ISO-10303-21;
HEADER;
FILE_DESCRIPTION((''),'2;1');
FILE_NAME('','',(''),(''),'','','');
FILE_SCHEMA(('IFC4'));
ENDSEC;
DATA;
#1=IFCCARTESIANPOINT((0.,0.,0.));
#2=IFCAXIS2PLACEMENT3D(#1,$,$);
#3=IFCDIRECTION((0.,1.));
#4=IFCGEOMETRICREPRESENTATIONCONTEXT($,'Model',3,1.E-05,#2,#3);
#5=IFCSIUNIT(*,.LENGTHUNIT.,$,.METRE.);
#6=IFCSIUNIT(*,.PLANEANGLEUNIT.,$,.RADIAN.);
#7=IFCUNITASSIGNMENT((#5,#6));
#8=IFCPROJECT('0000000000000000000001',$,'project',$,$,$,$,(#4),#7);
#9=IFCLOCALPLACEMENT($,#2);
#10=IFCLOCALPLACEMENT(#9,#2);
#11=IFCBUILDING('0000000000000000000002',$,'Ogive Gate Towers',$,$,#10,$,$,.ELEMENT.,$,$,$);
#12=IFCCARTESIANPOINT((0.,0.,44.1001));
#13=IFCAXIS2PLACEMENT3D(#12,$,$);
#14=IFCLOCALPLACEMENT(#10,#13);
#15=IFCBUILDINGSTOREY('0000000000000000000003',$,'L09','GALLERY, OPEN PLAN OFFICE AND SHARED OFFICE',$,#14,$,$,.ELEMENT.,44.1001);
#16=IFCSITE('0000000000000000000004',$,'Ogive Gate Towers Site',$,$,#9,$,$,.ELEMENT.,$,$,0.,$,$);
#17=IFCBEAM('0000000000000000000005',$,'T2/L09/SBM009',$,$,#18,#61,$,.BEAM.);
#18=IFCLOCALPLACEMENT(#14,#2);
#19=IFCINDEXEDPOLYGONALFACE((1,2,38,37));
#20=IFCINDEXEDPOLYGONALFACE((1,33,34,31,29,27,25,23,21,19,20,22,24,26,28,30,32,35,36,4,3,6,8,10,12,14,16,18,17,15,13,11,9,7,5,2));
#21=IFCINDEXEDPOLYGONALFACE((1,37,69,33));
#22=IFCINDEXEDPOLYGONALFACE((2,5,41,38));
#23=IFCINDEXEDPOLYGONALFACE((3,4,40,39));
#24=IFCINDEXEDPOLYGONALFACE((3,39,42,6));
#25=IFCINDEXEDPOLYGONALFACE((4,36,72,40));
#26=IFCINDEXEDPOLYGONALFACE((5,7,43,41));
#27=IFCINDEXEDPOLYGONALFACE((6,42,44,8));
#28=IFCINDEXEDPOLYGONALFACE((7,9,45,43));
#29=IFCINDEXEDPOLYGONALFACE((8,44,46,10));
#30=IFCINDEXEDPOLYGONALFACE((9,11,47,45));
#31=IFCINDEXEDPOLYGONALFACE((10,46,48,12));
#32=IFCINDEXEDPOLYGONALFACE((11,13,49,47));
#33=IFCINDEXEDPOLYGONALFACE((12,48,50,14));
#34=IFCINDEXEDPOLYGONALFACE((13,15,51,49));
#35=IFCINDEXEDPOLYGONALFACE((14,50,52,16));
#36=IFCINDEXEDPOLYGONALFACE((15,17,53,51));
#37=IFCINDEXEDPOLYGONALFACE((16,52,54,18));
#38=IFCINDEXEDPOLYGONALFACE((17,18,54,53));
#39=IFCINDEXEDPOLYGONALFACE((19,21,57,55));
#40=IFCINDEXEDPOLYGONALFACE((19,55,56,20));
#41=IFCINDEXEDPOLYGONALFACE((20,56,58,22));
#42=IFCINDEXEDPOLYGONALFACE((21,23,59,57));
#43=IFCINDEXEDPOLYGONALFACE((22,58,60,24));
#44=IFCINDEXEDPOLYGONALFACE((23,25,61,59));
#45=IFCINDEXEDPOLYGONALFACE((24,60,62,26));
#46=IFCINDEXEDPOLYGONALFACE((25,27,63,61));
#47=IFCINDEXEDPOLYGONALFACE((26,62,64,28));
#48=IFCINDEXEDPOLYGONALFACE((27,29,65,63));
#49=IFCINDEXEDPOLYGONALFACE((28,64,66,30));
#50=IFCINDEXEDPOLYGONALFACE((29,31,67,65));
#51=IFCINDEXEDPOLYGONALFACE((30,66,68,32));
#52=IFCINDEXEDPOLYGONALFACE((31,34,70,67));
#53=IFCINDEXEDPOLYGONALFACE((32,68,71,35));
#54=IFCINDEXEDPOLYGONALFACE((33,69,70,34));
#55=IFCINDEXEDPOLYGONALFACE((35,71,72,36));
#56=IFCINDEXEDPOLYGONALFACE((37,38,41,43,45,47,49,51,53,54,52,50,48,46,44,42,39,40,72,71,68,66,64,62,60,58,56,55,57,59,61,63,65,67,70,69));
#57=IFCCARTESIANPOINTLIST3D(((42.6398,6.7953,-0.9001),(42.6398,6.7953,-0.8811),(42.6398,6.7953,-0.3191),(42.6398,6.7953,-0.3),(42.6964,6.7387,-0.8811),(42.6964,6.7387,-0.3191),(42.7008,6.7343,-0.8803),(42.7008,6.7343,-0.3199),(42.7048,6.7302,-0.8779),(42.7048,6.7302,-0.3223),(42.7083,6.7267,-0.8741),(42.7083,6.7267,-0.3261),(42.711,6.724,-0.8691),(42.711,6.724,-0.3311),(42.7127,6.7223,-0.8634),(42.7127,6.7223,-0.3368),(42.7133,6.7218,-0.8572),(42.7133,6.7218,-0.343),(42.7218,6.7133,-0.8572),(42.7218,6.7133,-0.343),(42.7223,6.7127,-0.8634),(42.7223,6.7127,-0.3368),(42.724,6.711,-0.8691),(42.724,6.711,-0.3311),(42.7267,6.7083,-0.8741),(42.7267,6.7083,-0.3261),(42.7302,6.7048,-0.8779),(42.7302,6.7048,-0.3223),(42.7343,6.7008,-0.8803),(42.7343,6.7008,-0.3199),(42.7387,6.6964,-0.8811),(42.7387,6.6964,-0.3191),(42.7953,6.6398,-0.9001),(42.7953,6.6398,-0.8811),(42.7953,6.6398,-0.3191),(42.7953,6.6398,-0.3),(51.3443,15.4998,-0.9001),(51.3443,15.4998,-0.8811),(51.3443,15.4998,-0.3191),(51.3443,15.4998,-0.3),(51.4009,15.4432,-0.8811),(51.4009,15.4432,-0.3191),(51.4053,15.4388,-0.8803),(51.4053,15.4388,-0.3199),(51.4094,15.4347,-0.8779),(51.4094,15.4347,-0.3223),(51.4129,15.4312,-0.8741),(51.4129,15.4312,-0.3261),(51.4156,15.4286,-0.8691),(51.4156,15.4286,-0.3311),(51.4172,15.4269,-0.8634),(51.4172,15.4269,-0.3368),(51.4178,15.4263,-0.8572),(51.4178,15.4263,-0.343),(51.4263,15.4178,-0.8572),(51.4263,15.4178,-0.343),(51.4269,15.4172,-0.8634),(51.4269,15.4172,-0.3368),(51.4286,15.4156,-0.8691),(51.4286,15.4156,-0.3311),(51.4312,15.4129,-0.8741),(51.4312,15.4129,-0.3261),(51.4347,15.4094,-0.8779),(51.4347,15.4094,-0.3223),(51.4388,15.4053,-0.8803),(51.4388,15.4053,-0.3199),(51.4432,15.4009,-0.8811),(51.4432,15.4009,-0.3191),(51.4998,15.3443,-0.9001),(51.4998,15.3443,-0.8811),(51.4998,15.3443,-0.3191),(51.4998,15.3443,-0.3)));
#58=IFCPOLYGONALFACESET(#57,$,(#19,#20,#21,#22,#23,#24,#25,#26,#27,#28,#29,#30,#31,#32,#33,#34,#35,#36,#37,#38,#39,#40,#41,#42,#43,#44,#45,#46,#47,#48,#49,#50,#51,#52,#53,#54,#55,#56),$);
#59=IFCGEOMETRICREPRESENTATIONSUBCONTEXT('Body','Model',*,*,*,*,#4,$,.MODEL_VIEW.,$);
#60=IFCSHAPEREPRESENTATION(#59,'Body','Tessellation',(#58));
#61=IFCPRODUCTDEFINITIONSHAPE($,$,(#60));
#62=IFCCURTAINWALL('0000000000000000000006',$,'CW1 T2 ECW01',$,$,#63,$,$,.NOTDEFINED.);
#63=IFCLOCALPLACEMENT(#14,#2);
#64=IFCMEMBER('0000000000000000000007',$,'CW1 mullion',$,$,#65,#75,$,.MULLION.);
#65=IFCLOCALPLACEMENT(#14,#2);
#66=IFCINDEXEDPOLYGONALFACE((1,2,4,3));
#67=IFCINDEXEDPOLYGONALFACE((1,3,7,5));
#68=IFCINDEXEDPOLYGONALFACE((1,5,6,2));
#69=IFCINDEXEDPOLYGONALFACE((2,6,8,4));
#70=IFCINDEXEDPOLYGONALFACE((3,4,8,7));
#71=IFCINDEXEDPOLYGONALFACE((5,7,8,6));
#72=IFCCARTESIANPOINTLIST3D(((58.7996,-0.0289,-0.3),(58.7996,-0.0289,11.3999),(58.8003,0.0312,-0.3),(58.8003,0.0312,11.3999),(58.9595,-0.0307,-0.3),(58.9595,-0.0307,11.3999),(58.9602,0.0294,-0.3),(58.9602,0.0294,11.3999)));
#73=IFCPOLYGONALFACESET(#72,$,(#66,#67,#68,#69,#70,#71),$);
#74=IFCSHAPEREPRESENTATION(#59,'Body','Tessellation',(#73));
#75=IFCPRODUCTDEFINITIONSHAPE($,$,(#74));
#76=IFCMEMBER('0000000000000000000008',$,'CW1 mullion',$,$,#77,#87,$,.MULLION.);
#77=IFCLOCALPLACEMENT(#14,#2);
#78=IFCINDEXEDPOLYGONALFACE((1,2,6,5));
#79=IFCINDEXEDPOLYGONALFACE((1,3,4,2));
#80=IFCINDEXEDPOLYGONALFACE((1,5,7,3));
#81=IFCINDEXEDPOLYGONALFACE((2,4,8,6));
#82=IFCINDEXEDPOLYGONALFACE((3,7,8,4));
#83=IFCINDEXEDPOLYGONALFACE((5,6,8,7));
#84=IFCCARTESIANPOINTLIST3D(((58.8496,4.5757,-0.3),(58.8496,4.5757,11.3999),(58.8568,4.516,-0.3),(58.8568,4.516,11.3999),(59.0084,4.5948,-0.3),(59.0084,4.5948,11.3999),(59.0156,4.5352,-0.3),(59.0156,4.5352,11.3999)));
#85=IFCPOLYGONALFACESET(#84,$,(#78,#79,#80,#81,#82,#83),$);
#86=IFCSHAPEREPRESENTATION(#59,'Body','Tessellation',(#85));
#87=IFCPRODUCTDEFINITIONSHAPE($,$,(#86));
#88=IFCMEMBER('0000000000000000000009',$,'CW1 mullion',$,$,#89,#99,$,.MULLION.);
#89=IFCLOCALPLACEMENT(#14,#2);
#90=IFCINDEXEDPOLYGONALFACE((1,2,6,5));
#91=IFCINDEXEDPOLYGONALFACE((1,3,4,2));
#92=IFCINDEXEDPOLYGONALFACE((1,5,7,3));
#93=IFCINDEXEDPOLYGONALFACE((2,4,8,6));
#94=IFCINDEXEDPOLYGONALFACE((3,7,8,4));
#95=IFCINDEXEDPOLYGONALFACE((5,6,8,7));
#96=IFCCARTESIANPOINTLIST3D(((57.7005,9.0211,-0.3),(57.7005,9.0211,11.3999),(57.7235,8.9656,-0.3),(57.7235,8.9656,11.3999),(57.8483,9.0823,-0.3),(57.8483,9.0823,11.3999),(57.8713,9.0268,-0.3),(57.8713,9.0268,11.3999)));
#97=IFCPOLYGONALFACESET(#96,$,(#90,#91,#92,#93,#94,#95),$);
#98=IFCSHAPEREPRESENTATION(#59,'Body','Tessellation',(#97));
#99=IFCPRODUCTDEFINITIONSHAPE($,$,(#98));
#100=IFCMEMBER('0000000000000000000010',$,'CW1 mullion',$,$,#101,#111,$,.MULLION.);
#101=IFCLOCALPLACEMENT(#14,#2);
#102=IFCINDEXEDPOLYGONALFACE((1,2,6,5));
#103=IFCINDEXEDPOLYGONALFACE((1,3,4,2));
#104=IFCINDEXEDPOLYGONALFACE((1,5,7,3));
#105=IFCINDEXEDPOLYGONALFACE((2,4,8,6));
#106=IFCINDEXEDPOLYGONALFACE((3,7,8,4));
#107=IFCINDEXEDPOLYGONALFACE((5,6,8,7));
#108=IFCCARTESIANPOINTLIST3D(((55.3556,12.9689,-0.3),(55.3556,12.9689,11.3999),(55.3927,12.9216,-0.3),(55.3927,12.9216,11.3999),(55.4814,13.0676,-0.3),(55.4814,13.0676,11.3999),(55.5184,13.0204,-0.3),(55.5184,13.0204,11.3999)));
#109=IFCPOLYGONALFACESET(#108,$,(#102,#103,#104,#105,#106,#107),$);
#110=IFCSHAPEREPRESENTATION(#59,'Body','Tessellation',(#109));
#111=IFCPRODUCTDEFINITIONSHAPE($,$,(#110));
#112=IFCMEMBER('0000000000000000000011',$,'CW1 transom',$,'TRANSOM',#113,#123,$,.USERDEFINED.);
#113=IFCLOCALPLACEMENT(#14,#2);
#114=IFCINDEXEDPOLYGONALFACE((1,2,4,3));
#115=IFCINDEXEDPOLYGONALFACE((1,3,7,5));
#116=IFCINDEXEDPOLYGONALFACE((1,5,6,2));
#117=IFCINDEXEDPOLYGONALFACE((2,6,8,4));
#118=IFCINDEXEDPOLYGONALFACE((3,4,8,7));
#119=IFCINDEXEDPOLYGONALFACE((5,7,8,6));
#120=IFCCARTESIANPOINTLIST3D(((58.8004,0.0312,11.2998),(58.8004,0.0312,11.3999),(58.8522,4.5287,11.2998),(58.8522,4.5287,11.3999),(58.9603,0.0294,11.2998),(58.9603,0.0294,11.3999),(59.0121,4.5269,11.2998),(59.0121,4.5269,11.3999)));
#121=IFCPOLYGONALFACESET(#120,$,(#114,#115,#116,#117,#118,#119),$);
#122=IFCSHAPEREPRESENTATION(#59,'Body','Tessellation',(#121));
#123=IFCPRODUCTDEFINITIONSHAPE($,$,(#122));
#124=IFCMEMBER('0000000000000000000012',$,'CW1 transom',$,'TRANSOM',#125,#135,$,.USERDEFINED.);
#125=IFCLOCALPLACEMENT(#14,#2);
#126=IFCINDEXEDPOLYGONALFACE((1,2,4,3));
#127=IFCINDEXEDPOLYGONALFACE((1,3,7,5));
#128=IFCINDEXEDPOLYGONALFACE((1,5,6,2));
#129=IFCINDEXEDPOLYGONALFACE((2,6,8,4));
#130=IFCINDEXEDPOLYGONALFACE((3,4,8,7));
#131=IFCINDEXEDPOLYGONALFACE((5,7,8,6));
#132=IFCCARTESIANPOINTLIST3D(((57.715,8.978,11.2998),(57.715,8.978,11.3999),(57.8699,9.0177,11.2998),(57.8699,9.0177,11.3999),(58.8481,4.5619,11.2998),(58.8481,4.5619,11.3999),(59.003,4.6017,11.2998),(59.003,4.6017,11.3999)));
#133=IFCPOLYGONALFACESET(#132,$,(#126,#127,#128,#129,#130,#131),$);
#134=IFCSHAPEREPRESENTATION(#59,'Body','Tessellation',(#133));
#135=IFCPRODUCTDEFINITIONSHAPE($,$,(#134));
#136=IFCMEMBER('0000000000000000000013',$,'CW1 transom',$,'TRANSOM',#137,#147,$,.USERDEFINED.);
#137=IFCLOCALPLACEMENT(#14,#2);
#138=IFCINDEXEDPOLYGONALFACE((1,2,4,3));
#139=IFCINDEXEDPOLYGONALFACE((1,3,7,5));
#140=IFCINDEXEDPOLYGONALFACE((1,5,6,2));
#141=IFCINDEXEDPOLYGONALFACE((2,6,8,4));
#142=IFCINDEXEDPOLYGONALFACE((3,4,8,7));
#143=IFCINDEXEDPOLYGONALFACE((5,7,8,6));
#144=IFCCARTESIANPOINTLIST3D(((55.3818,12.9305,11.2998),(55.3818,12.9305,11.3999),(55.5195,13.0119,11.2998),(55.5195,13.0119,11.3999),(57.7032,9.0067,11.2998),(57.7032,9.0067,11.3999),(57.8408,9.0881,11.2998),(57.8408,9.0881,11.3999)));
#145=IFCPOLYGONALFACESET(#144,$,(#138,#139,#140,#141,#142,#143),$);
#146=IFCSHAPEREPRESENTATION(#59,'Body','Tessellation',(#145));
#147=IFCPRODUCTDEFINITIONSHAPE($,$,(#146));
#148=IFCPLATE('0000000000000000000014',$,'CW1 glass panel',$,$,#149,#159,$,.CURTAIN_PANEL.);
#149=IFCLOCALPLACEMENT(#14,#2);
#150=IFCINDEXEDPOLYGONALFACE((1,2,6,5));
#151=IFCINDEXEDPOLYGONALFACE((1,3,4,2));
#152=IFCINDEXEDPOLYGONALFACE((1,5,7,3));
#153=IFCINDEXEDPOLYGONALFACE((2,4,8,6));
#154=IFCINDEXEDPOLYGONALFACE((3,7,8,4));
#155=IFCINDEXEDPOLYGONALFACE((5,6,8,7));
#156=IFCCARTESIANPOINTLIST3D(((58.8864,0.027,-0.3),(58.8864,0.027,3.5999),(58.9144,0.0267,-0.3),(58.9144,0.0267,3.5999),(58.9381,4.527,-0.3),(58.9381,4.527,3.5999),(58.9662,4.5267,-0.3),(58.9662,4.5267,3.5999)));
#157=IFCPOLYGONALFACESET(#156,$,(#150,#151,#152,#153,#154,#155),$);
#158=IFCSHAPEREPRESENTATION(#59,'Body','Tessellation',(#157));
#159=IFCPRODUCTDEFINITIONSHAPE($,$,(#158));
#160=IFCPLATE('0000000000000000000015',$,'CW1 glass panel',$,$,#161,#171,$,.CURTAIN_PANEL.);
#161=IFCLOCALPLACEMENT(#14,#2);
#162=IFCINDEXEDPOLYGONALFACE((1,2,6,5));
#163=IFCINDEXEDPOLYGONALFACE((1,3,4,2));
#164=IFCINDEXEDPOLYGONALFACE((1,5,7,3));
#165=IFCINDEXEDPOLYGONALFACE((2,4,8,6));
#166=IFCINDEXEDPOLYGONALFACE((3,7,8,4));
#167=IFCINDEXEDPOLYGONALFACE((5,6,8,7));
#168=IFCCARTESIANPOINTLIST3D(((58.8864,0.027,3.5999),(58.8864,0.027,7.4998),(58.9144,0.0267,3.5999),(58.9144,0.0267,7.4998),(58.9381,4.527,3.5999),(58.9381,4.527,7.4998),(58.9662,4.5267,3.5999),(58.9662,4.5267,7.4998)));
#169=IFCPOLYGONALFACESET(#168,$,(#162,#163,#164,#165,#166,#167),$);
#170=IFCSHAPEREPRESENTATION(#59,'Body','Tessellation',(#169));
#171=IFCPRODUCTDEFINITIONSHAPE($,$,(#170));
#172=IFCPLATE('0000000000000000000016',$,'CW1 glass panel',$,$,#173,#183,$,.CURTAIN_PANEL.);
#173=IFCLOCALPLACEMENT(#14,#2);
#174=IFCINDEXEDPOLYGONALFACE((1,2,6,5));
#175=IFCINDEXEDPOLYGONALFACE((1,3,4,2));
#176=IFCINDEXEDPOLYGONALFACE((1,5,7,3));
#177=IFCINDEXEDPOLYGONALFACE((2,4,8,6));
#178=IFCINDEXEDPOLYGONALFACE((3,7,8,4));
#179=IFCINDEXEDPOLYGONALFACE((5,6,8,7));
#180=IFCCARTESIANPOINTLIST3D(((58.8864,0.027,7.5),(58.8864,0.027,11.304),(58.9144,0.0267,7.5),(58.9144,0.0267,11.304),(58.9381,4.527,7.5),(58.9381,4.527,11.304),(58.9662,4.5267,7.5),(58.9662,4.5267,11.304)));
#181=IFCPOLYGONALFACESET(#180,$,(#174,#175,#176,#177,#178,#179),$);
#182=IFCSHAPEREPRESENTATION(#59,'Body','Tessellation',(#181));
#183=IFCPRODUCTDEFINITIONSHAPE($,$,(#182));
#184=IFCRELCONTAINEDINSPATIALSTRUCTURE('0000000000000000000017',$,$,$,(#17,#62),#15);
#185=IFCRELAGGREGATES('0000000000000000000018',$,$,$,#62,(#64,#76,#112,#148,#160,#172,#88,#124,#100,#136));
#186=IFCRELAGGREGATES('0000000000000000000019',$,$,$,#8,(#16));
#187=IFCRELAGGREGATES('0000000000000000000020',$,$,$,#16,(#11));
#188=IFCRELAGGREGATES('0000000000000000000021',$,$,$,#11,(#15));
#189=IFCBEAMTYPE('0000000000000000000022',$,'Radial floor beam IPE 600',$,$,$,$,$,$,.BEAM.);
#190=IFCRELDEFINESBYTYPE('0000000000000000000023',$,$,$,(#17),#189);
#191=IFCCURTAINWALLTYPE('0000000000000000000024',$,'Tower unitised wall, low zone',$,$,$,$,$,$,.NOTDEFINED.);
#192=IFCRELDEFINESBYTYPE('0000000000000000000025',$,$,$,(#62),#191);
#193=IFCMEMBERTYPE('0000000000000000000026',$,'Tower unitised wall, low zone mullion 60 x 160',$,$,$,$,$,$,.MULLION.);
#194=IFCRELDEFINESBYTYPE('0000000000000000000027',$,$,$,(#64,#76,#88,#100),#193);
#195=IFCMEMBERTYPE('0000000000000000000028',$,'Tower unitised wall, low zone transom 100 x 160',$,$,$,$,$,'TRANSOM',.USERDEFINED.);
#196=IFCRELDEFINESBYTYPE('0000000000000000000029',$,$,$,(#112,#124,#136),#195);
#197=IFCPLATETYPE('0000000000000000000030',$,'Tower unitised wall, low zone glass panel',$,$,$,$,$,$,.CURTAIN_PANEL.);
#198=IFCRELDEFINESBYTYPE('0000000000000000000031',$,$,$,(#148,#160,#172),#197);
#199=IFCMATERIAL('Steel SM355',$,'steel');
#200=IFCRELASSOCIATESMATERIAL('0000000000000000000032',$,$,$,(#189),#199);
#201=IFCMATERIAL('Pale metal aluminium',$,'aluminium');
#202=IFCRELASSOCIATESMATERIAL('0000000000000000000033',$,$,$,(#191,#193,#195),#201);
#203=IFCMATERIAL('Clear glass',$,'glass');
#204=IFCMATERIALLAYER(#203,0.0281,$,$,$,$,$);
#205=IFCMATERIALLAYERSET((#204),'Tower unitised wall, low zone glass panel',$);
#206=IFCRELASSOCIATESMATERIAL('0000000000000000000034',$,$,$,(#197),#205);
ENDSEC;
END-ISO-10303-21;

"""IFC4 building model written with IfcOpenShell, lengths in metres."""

from ifc_helpers import new_model, si_unit, direction, frame, origin, origin_2d, place, context, subcontext, project, spatial, rectangle, i_section, extrude, material, layer, layer_set, material_profile, profile_set, type_object, element, aggregate, save


model = new_model("IFC4")

# Units and contexts
model_context = context("Model", 3, precision=1e-05, world=origin(), true_north=direction((0.0, 1.0)))
body_context = subcontext(model_context, "Body", "Model", "MODEL_VIEW")
ifc_project = project(units=[si_unit("LENGTHUNIT", "METRE"), si_unit("PLANEANGLEUNIT", "RADIAN")], contexts=[model_context])

# Site, building, storey
site_placement = place(None, origin())
site = spatial("IfcSite", under=ifc_project, at=site_placement, Name="Ogive Gate Towers Site", CompositionType="ELEMENT", RefElevation=0.0)
building_placement = place(site_placement, origin())
building = spatial("IfcBuilding", under=site, at=building_placement, Name="Ogive Gate Towers", CompositionType="ELEMENT")
storey_placement = place(building_placement, frame((0.0, 0.0, 44.1001)))
storey = spatial("IfcBuildingStorey", under=building, at=storey_placement, Name="L09", Description="GALLERY, OPEN PLAN OFFICE AND SHARED OFFICE", CompositionType="ELEMENT", Elevation=44.1001)

# Beam
ifc_material_1 = material(Name="Steel SM355", Category="steel")
ifc_material_profile_1 = material_profile(ifc_material_1, i_section(OverallWidth=0.22, OverallDepth=0.6001, WebThickness=0.012, FlangeThickness=0.019, FilletRadius=0.0239, at=origin_2d()), Name="IPE 600")
ifc_profile_set_1 = profile_set([ifc_material_profile_1], Name="Steel SM355")
beam_type_1 = type_object("IfcBeamType", Name="Radial floor beam IPE 600", PredefinedType="BEAM", material=ifc_profile_set_1)
beam_1_placement = place(storey_placement, frame((42.7175, 6.7175, -0.6001), z_axis=(0.707107, 0.707107, 0.0), x_axis=(-0.707107, 0.707107, 0.0)))
element("IfcBeam", 1, at=beam_1_placement, inside=storey, type_object=beam_type_1, Name="T2/L09/SBM009", PredefinedType="BEAM", context=body_context, shape_type="SweptSolid", body=[
    extrude(i_section(OverallWidth=0.22, OverallDepth=0.6001, WebThickness=0.012, FlangeThickness=0.019, FilletRadius=0.0239, at=origin_2d()), origin(), (0.0, 0.0, 1.0), 12.3101),
])

# Curtain wall, members, plates
ifc_material_2 = material(Name="Pale metal aluminium", Category="aluminium")
curtain_wall_type = type_object("IfcCurtainWallType", Name="Tower unitised wall, low zone", PredefinedType="NOTDEFINED", material=ifc_material_2)
curtain_wall_placement = place(storey_placement, origin())
curtain_wall = element("IfcCurtainWall", 2, at=curtain_wall_placement, inside=storey, type_object=curtain_wall_type, Name="CW1 T2 ECW01", PredefinedType="NOTDEFINED")
ifc_material_profile_2 = material_profile(ifc_material_2, rectangle(XDim=0.1599, YDim=0.0601, at=origin_2d()), Name="60 x 160 aluminium box")
ifc_profile_set_2 = profile_set([ifc_material_profile_2], Name="Pale metal aluminium")
member_type_1 = type_object("IfcMemberType", Name="Tower unitised wall, low zone mullion 60 x 160", PredefinedType="MULLION", material=ifc_profile_set_2)
member_1_placement = place(storey_placement, frame((58.8799, 0.0002, -0.3), z_axis=(0.0, 0.0, 1.0), x_axis=(0.999934, -0.011501, 0.0)))
member_1 = element("IfcMember", 3, at=member_1_placement, type_object=member_type_1, Name="CW1 mullion", PredefinedType="MULLION", context=body_context, shape_type="SweptSolid", body=[
    extrude(rectangle(XDim=0.1599, YDim=0.0601, at=origin_2d()), origin(), (0.0, 0.0, 1.0), 11.7),
])
member_2_placement = place(storey_placement, frame((58.9326, 4.5554, -0.3), z_axis=(0.0, 0.0, 1.0), x_axis=(0.992828, 0.119548, 0.0)))
member_2 = element("IfcMember", 4, at=member_2_placement, type_object=member_type_1, Name="CW1 mullion", PredefinedType="MULLION", context=body_context, shape_type="SweptSolid", body=[
    extrude(rectangle(XDim=0.1599, YDim=0.0601, at=origin_2d()), origin(), (0.0, 0.0, 1.0), 11.7),
])
member_3_placement = place(storey_placement, frame((57.7859, 9.0239, -0.3), z_axis=(0.0, 0.0, 1.0), x_axis=(0.92388, 0.382683, 0.0)))
member_3 = element("IfcMember", 5, at=member_3_placement, type_object=member_type_1, Name="CW1 mullion", PredefinedType="MULLION", context=body_context, shape_type="SweptSolid", body=[
    extrude(rectangle(XDim=0.1599, YDim=0.0601, at=origin_2d()), origin(), (0.0, 0.0, 1.0), 11.7),
])
member_4_placement = place(storey_placement, frame((55.437, 12.9946, -0.3), z_axis=(0.0, 0.0, 1.0), x_axis=(0.786558, 0.617516, 0.0)))
member_4 = element("IfcMember", 6, at=member_4_placement, type_object=member_type_1, Name="CW1 mullion", PredefinedType="MULLION", context=body_context, shape_type="SweptSolid", body=[
    extrude(rectangle(XDim=0.1599, YDim=0.0601, at=origin_2d()), origin(), (0.0, 0.0, 1.0), 11.7),
])
ifc_material_profile_3 = material_profile(ifc_material_2, rectangle(XDim=0.1599, YDim=0.1001, at=origin_2d()), Name="100 x 160 aluminium box")
ifc_profile_set_3 = profile_set([ifc_material_profile_3], Name="Pale metal aluminium")
member_type_2 = type_object("IfcMemberType", Name="Tower unitised wall, low zone transom 100 x 160", ElementType="TRANSOM", PredefinedType="USERDEFINED", material=ifc_profile_set_3)
member_5_placement = place(storey_placement, frame((58.8804, 0.0303, 11.3499), z_axis=(0.011507, 0.999934, 0.0), x_axis=(-0.999934, 0.011507, 0.0)))
member_5 = element("IfcMember", 7, at=member_5_placement, type_object=member_type_2, Name="CW1 transom", ObjectType="TRANSOM", PredefinedType="USERDEFINED", context=body_context, shape_type="SweptSolid", body=[
    extrude(rectangle(XDim=0.1599, YDim=0.1001, at=origin_2d()), origin(), (0.0, 0.0, 1.0), 4.4978),
])
member_6_placement = place(storey_placement, frame((58.9255, 4.5818, 11.3499), z_axis=(-0.248529, 0.968625, 0.0), x_axis=(-0.968625, -0.248529, 0.0)))
member_6 = element("IfcMember", 8, at=member_6_placement, type_object=member_type_2, Name="CW1 transom", ObjectType="TRANSOM", PredefinedType="USERDEFINED", context=body_context, shape_type="SweptSolid", body=[
    extrude(rectangle(XDim=0.1599, YDim=0.1001, at=origin_2d()), origin(), (0.0, 0.0, 1.0), 4.5591),
])
member_7_placement = place(storey_placement, frame((57.772, 9.0474, 11.3499), z_axis=(-0.509162, 0.860671, 0.0), x_axis=(-0.860671, -0.509162, 0.0)))
member_7 = element("IfcMember", 9, at=member_7_placement, type_object=member_type_2, Name="CW1 transom", ObjectType="TRANSOM", PredefinedType="USERDEFINED", context=body_context, shape_type="SweptSolid", body=[
    extrude(rectangle(XDim=0.1599, YDim=0.1001, at=origin_2d()), origin(), (0.0, 0.0, 1.0), 4.5591),
])
ifc_material_3 = material(Name="Clear glass", Category="glass")
ifc_layer_1 = layer(ifc_material_3, 0.0281)
ifc_layer_set_1 = layer_set([ifc_layer_1], Name="Tower unitised wall, low zone glass panel")
plate_type = type_object("IfcPlateType", Name="Tower unitised wall, low zone glass panel", PredefinedType="CURTAIN_PANEL", material=ifc_layer_set_1)
plate_1_placement = place(storey_placement, frame((58.9263, 2.2769, -0.3), z_axis=(0.0, 0.0, 1.0), x_axis=(0.011501, 0.999934, 0.0)))
plate_1 = element("IfcPlate", 10, at=plate_1_placement, type_object=plate_type, Name="CW1 glass panel", PredefinedType="CURTAIN_PANEL", context=body_context, shape_type="SweptSolid", body=[
    extrude(rectangle(XDim=4.5002, YDim=0.0281, at=origin_2d()), origin(), (0.0, 0.0, 1.0), 3.8999),
])
plate_2_placement = place(storey_placement, frame((58.9263, 2.2769, 3.5999), z_axis=(0.0, 0.0, 1.0), x_axis=(0.011501, 0.999934, 0.0)))
plate_2 = element("IfcPlate", 11, at=plate_2_placement, type_object=plate_type, Name="CW1 glass panel", PredefinedType="CURTAIN_PANEL", context=body_context, shape_type="SweptSolid", body=[
    extrude(rectangle(XDim=4.5002, YDim=0.0281, at=origin_2d()), origin(), (0.0, 0.0, 1.0), 3.8999),
])
plate_3_placement = place(storey_placement, frame((58.9263, 2.2769, 7.5), z_axis=(0.0, 0.0, 1.0), x_axis=(0.011501, 0.999934, 0.0)))
plate_3 = element("IfcPlate", 12, at=plate_3_placement, type_object=plate_type, Name="CW1 glass panel", PredefinedType="CURTAIN_PANEL", context=body_context, shape_type="SweptSolid", body=[
    extrude(rectangle(XDim=4.5002, YDim=0.0281, at=origin_2d()), origin(), (0.0, 0.0, 1.0), 3.804),
])
aggregate(curtain_wall, [member_1, member_2, member_5, plate_1, plate_2, plate_3, member_3, member_6, member_4, member_7])

save(model, "model.ifc")
